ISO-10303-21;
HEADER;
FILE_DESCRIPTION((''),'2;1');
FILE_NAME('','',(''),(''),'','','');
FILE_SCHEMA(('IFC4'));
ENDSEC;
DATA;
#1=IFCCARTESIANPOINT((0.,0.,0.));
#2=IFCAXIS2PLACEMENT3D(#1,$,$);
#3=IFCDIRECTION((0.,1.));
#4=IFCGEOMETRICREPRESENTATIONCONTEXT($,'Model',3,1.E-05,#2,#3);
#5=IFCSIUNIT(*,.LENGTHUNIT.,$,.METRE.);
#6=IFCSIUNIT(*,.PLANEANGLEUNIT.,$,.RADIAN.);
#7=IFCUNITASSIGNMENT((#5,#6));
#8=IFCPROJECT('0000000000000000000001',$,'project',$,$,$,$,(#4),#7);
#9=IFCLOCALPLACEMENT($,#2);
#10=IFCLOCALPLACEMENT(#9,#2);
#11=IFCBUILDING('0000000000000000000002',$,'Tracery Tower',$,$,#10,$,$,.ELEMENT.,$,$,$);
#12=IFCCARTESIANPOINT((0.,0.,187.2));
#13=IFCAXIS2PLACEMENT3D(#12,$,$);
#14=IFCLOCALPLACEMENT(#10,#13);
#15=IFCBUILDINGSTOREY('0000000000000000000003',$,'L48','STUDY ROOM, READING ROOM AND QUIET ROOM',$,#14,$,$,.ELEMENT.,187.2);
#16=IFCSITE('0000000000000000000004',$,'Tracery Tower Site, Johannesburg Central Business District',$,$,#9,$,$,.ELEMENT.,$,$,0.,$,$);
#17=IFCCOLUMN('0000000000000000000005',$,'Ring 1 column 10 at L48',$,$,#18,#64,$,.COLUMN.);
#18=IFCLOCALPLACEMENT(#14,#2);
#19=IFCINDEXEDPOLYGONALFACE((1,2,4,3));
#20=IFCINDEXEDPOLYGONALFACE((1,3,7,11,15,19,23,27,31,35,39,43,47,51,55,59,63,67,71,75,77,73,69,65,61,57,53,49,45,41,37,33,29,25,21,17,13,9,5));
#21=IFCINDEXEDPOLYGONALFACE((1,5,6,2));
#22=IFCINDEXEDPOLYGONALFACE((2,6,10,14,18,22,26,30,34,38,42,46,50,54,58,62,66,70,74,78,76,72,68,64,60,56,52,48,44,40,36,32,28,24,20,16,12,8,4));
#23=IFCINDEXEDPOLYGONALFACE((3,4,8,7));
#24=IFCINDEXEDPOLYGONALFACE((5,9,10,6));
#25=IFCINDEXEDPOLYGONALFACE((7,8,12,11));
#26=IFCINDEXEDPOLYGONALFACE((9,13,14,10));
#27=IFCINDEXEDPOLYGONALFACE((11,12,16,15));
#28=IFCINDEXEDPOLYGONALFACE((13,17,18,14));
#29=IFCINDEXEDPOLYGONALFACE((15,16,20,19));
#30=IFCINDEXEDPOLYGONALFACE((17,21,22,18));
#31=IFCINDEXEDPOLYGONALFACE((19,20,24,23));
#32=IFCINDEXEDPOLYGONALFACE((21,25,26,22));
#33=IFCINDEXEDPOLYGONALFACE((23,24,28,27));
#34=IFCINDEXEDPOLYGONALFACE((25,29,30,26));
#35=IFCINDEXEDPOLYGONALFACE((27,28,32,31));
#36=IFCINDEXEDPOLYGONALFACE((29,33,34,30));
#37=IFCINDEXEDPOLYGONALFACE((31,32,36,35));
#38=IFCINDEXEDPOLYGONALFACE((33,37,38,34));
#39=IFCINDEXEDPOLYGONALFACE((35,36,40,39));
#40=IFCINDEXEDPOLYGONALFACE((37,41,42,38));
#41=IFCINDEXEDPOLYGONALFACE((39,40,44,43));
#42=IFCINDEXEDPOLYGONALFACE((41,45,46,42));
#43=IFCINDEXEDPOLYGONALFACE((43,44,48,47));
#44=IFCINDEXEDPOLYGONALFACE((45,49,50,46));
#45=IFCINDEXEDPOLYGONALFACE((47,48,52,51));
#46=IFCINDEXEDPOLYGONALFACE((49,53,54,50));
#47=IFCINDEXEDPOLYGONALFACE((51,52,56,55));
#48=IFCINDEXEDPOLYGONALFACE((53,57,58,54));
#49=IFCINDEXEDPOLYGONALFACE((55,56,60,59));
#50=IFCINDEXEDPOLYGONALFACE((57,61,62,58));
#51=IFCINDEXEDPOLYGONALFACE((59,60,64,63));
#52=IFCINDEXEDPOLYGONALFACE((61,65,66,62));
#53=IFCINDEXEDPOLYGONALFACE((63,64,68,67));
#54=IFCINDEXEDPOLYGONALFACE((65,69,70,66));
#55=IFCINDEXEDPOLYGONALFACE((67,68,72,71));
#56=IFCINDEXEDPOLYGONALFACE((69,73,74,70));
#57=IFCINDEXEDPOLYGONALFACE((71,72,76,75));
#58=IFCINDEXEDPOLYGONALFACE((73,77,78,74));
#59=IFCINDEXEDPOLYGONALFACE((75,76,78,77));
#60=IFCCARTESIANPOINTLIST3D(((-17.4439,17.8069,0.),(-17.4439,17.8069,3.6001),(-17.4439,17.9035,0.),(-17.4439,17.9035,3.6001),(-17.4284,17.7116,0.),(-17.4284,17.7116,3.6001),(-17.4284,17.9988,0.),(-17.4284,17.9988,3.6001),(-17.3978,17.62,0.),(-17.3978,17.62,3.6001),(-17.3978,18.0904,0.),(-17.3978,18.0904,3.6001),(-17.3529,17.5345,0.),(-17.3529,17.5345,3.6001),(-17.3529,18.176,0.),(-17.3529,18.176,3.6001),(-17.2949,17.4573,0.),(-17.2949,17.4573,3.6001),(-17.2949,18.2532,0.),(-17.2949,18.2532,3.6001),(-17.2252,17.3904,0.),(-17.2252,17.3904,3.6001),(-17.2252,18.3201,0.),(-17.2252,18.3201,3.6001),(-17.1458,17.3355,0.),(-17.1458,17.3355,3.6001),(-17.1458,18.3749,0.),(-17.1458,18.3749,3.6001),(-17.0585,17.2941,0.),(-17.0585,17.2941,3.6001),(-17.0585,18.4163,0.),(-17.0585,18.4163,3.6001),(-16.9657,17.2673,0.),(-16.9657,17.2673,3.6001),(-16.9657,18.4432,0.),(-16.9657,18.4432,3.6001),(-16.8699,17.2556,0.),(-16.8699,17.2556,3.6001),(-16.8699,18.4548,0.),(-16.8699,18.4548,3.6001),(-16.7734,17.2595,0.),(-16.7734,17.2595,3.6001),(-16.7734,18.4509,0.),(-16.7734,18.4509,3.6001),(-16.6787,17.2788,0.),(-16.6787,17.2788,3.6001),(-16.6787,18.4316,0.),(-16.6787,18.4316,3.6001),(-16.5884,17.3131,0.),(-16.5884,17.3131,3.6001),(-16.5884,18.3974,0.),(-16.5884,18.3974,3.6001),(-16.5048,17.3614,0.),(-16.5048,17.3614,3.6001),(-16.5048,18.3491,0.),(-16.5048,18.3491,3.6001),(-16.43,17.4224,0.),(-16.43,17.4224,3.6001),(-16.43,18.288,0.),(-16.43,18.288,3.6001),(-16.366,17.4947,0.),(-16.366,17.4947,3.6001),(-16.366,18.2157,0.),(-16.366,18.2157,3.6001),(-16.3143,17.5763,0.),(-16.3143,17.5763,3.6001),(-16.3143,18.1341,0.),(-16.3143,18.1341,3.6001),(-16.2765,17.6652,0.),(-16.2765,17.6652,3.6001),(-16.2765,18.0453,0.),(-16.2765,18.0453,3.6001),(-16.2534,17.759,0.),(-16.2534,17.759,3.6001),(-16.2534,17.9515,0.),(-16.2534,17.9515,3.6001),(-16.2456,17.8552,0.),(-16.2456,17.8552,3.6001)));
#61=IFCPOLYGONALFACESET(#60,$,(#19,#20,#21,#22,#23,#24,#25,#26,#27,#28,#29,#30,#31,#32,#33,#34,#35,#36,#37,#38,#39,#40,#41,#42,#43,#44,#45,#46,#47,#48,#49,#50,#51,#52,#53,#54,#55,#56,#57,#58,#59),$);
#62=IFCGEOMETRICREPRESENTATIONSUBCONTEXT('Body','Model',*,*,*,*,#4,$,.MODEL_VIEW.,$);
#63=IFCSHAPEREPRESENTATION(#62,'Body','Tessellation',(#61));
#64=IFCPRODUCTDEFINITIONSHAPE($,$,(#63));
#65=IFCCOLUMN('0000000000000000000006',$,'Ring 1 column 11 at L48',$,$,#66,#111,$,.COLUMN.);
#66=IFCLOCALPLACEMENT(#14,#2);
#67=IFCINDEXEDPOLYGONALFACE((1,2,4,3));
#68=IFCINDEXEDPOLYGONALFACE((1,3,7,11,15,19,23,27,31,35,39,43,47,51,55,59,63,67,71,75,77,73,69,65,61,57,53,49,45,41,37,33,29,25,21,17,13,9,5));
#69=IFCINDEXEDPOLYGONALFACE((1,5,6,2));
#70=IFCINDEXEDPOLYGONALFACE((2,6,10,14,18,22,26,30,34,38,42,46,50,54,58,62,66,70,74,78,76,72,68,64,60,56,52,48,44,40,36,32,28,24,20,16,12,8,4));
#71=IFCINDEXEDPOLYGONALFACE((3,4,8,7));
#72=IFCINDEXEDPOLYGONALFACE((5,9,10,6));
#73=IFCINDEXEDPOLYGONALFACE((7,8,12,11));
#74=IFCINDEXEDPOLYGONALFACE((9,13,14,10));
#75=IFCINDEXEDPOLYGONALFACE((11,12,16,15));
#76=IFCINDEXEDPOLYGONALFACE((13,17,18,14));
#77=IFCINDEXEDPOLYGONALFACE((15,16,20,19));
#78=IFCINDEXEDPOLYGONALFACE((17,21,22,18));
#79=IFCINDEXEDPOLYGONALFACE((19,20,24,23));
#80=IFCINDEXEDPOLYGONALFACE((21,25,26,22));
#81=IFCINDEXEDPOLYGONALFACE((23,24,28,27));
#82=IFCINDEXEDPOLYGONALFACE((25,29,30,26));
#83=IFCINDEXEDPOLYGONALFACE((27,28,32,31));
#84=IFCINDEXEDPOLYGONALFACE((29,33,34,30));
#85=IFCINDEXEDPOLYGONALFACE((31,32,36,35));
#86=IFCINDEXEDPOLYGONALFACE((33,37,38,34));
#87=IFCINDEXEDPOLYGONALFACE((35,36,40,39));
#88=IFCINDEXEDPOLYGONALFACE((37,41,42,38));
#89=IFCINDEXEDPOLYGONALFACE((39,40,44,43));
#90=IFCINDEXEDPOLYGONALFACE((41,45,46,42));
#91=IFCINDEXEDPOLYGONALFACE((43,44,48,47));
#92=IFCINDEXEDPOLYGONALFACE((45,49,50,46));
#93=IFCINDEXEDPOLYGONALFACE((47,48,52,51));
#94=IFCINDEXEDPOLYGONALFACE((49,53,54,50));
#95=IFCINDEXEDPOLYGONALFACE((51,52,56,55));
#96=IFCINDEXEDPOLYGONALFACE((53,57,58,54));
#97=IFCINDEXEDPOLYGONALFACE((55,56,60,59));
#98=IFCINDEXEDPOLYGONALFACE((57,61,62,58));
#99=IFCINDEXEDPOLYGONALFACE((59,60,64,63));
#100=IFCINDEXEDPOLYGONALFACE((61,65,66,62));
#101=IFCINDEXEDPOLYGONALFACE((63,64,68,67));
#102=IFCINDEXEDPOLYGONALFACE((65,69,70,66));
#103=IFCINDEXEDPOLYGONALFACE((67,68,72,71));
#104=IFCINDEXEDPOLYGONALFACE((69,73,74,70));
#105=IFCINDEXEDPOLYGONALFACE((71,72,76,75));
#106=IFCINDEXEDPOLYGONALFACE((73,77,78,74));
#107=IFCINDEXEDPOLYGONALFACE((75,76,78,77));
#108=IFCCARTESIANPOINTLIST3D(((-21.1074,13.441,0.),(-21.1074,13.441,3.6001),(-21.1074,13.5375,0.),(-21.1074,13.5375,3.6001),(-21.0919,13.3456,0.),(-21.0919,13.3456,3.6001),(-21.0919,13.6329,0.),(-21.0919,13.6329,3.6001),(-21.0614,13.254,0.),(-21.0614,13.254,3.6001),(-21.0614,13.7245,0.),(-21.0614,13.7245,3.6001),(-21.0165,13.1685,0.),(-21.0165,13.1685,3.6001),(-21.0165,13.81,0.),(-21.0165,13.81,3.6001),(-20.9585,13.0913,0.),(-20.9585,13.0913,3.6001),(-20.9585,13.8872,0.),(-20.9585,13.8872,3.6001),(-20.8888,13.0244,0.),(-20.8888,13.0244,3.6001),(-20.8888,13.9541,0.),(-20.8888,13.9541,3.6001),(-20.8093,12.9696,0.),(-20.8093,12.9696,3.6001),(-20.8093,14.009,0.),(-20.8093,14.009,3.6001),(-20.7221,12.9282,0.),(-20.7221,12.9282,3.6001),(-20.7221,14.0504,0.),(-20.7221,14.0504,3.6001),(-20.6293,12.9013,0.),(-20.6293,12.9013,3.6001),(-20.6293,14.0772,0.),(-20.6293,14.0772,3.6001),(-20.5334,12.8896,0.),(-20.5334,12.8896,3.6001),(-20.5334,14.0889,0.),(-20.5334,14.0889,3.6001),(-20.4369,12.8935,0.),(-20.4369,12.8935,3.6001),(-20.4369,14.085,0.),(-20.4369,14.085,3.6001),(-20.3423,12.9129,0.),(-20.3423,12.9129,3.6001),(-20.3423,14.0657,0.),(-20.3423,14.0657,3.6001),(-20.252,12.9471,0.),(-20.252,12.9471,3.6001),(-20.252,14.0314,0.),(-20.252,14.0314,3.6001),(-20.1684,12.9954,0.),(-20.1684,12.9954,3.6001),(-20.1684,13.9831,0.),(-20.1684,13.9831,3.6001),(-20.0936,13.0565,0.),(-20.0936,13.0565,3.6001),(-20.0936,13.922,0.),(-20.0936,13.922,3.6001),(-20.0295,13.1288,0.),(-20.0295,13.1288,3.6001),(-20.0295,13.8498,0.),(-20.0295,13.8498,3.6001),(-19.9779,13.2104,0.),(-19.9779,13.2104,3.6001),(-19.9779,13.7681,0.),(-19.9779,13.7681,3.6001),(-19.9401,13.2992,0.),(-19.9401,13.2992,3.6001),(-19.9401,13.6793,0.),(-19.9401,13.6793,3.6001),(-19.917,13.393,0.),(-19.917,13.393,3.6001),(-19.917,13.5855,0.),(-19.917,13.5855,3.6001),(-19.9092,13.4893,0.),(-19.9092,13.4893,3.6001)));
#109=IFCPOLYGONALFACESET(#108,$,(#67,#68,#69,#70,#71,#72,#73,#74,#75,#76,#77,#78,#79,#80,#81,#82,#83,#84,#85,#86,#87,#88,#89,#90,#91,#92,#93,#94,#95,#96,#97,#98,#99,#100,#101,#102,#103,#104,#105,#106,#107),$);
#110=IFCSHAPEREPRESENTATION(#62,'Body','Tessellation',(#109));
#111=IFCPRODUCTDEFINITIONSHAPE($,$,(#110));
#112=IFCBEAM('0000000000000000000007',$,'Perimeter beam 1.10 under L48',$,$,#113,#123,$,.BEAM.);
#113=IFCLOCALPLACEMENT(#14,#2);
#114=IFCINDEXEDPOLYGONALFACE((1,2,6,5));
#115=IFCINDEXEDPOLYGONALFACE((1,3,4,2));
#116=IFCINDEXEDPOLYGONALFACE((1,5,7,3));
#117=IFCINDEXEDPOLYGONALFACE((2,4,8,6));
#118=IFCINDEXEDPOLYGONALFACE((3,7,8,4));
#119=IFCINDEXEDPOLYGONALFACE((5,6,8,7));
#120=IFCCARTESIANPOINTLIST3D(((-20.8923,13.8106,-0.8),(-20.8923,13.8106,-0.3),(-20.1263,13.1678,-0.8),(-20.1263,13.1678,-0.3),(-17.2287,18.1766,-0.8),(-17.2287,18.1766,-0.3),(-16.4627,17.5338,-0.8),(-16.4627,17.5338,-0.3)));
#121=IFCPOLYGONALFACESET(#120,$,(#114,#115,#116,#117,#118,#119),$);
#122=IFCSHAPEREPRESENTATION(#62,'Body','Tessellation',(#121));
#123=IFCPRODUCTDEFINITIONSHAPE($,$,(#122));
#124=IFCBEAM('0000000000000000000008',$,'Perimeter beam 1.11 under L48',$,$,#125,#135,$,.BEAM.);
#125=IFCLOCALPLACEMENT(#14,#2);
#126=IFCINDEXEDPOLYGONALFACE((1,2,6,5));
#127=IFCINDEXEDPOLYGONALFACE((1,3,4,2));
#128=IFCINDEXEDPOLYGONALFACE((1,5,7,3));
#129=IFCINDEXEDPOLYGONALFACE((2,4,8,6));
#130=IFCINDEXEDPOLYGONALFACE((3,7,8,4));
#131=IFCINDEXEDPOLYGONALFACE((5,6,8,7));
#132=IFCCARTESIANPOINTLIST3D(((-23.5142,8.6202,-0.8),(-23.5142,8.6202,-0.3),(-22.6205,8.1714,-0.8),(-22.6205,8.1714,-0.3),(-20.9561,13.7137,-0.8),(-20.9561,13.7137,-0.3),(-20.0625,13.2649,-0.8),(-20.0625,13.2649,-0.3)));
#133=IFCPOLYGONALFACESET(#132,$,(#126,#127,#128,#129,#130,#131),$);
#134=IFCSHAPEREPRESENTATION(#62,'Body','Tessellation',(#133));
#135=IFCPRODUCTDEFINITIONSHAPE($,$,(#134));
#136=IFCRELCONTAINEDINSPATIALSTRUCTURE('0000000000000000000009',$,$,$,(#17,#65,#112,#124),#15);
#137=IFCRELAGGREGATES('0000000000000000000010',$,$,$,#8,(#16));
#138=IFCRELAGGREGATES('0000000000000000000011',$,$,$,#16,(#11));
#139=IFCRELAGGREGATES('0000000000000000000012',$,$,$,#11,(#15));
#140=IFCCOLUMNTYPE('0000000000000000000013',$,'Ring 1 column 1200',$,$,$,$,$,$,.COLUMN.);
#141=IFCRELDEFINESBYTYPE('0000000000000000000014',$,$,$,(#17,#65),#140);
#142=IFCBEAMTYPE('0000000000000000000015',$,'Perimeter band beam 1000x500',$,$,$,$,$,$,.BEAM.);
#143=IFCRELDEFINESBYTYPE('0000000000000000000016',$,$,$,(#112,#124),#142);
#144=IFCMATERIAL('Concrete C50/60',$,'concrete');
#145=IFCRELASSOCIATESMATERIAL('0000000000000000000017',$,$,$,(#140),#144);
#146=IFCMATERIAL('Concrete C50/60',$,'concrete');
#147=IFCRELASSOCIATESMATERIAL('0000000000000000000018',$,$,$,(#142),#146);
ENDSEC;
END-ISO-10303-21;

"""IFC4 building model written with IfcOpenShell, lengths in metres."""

from ifc_helpers import new_model, si_unit, direction, frame, origin, origin_2d, place, context, subcontext, project, spatial, rectangle, circle, extrude, material, material_profile, profile_set, type_object, element, save


model = new_model("IFC4")

# Units and contexts
model_context = context("Model", 3, precision=1e-05, world=origin(), true_north=direction((0.0, 1.0)))
body_context = subcontext(model_context, "Body", "Model", "MODEL_VIEW")
ifc_project = project(units=[si_unit("LENGTHUNIT", "METRE"), si_unit("PLANEANGLEUNIT", "RADIAN")], contexts=[model_context])

# Site, building, storey
site_placement = place(None, origin())
site = spatial("IfcSite", under=ifc_project, at=site_placement, Name="Tracery Tower Site, Johannesburg Central Business District", CompositionType="ELEMENT", RefElevation=0.0)
building_placement = place(site_placement, origin())
building = spatial("IfcBuilding", under=site, at=building_placement, Name="Tracery Tower", CompositionType="ELEMENT")
storey_placement = place(building_placement, frame((0.0, 0.0, 187.2)))
storey = spatial("IfcBuildingStorey", under=building, at=storey_placement, Name="L48", Description="STUDY ROOM, READING ROOM AND QUIET ROOM", CompositionType="ELEMENT", Elevation=187.2)

# Columns
ifc_material_1 = material(Name="Concrete C50/60", Category="concrete")
ifc_material_profile_1 = material_profile(ifc_material_1, circle(Radius=0.6001, at=origin_2d()), Name="RC D1200")
ifc_profile_set_1 = profile_set([ifc_material_profile_1], Name="Concrete C50/60")
column_type = type_object("IfcColumnType", Name="Ring 1 column 1200", PredefinedType="COLUMN", material=ifc_profile_set_1)
for number, where, z_axis, x_axis, name in (
    (1, (-16.8457, 17.8552, 0.0), (0.0, 0.0, 1.0), (1.0, 0.0, 0.0), "Ring 1 column 10 at L48"),
    (2, (-20.5093, 13.4893, 0.0), (0.0, 0.0, 1.0), (1.0, 0.0, 0.0), "Ring 1 column 11 at L48"),
):
    element("IfcColumn", number, at=place(storey_placement, frame(where, z_axis=z_axis, x_axis=x_axis)), inside=storey, type_object=column_type, Name=name, PredefinedType="COLUMN", context=body_context, shape_type="SweptSolid", body=[
        extrude(circle(Radius=0.6001, at=origin_2d()), origin(), (0.0, 0.0, 1.0), 3.6001),
    ])

# Beams
ifc_material_2 = material(Name="Concrete C50/60", Category="concrete")
ifc_material_profile_2 = material_profile(ifc_material_2, rectangle(XDim=1.0, YDim=0.5, at=origin_2d()), Name="RC 1000x500")
ifc_profile_set_2 = profile_set([ifc_material_profile_2], Name="Concrete C50/60")
beam_type = type_object("IfcBeamType", Name="Perimeter band beam 1000x500", PredefinedType="BEAM", material=ifc_profile_set_2)
beam_1_placement = place(storey_placement, frame((-16.8457, 17.8552, -0.55), z_axis=(-0.642797, -0.766036, 0.0), x_axis=(0.766036, -0.642797, 0.0)))
element("IfcBeam", 3, at=beam_1_placement, inside=storey, type_object=beam_type, Name="Perimeter beam 1.10 under L48", PredefinedType="BEAM", context=body_context, shape_type="SweptSolid", body=[
    extrude(rectangle(XDim=1.0, YDim=0.5, at=origin_2d()), origin(), (0.0, 0.0, 1.0), 5.6995),
])
beam_2_placement = place(storey_placement, frame((-20.5093, 13.4893, -0.55), z_axis=(-0.448806, -0.893629, 0.0), x_axis=(0.893629, -0.448806, 0.0)))
element("IfcBeam", 4, at=beam_2_placement, inside=storey, type_object=beam_type, Name="Perimeter beam 1.11 under L48", PredefinedType="BEAM", context=body_context, shape_type="SweptSolid", body=[
    extrude(rectangle(XDim=1.0, YDim=0.5, at=origin_2d()), origin(), (0.0, 0.0, 1.0), 5.6997),
])

save(model, "model.ifc")
